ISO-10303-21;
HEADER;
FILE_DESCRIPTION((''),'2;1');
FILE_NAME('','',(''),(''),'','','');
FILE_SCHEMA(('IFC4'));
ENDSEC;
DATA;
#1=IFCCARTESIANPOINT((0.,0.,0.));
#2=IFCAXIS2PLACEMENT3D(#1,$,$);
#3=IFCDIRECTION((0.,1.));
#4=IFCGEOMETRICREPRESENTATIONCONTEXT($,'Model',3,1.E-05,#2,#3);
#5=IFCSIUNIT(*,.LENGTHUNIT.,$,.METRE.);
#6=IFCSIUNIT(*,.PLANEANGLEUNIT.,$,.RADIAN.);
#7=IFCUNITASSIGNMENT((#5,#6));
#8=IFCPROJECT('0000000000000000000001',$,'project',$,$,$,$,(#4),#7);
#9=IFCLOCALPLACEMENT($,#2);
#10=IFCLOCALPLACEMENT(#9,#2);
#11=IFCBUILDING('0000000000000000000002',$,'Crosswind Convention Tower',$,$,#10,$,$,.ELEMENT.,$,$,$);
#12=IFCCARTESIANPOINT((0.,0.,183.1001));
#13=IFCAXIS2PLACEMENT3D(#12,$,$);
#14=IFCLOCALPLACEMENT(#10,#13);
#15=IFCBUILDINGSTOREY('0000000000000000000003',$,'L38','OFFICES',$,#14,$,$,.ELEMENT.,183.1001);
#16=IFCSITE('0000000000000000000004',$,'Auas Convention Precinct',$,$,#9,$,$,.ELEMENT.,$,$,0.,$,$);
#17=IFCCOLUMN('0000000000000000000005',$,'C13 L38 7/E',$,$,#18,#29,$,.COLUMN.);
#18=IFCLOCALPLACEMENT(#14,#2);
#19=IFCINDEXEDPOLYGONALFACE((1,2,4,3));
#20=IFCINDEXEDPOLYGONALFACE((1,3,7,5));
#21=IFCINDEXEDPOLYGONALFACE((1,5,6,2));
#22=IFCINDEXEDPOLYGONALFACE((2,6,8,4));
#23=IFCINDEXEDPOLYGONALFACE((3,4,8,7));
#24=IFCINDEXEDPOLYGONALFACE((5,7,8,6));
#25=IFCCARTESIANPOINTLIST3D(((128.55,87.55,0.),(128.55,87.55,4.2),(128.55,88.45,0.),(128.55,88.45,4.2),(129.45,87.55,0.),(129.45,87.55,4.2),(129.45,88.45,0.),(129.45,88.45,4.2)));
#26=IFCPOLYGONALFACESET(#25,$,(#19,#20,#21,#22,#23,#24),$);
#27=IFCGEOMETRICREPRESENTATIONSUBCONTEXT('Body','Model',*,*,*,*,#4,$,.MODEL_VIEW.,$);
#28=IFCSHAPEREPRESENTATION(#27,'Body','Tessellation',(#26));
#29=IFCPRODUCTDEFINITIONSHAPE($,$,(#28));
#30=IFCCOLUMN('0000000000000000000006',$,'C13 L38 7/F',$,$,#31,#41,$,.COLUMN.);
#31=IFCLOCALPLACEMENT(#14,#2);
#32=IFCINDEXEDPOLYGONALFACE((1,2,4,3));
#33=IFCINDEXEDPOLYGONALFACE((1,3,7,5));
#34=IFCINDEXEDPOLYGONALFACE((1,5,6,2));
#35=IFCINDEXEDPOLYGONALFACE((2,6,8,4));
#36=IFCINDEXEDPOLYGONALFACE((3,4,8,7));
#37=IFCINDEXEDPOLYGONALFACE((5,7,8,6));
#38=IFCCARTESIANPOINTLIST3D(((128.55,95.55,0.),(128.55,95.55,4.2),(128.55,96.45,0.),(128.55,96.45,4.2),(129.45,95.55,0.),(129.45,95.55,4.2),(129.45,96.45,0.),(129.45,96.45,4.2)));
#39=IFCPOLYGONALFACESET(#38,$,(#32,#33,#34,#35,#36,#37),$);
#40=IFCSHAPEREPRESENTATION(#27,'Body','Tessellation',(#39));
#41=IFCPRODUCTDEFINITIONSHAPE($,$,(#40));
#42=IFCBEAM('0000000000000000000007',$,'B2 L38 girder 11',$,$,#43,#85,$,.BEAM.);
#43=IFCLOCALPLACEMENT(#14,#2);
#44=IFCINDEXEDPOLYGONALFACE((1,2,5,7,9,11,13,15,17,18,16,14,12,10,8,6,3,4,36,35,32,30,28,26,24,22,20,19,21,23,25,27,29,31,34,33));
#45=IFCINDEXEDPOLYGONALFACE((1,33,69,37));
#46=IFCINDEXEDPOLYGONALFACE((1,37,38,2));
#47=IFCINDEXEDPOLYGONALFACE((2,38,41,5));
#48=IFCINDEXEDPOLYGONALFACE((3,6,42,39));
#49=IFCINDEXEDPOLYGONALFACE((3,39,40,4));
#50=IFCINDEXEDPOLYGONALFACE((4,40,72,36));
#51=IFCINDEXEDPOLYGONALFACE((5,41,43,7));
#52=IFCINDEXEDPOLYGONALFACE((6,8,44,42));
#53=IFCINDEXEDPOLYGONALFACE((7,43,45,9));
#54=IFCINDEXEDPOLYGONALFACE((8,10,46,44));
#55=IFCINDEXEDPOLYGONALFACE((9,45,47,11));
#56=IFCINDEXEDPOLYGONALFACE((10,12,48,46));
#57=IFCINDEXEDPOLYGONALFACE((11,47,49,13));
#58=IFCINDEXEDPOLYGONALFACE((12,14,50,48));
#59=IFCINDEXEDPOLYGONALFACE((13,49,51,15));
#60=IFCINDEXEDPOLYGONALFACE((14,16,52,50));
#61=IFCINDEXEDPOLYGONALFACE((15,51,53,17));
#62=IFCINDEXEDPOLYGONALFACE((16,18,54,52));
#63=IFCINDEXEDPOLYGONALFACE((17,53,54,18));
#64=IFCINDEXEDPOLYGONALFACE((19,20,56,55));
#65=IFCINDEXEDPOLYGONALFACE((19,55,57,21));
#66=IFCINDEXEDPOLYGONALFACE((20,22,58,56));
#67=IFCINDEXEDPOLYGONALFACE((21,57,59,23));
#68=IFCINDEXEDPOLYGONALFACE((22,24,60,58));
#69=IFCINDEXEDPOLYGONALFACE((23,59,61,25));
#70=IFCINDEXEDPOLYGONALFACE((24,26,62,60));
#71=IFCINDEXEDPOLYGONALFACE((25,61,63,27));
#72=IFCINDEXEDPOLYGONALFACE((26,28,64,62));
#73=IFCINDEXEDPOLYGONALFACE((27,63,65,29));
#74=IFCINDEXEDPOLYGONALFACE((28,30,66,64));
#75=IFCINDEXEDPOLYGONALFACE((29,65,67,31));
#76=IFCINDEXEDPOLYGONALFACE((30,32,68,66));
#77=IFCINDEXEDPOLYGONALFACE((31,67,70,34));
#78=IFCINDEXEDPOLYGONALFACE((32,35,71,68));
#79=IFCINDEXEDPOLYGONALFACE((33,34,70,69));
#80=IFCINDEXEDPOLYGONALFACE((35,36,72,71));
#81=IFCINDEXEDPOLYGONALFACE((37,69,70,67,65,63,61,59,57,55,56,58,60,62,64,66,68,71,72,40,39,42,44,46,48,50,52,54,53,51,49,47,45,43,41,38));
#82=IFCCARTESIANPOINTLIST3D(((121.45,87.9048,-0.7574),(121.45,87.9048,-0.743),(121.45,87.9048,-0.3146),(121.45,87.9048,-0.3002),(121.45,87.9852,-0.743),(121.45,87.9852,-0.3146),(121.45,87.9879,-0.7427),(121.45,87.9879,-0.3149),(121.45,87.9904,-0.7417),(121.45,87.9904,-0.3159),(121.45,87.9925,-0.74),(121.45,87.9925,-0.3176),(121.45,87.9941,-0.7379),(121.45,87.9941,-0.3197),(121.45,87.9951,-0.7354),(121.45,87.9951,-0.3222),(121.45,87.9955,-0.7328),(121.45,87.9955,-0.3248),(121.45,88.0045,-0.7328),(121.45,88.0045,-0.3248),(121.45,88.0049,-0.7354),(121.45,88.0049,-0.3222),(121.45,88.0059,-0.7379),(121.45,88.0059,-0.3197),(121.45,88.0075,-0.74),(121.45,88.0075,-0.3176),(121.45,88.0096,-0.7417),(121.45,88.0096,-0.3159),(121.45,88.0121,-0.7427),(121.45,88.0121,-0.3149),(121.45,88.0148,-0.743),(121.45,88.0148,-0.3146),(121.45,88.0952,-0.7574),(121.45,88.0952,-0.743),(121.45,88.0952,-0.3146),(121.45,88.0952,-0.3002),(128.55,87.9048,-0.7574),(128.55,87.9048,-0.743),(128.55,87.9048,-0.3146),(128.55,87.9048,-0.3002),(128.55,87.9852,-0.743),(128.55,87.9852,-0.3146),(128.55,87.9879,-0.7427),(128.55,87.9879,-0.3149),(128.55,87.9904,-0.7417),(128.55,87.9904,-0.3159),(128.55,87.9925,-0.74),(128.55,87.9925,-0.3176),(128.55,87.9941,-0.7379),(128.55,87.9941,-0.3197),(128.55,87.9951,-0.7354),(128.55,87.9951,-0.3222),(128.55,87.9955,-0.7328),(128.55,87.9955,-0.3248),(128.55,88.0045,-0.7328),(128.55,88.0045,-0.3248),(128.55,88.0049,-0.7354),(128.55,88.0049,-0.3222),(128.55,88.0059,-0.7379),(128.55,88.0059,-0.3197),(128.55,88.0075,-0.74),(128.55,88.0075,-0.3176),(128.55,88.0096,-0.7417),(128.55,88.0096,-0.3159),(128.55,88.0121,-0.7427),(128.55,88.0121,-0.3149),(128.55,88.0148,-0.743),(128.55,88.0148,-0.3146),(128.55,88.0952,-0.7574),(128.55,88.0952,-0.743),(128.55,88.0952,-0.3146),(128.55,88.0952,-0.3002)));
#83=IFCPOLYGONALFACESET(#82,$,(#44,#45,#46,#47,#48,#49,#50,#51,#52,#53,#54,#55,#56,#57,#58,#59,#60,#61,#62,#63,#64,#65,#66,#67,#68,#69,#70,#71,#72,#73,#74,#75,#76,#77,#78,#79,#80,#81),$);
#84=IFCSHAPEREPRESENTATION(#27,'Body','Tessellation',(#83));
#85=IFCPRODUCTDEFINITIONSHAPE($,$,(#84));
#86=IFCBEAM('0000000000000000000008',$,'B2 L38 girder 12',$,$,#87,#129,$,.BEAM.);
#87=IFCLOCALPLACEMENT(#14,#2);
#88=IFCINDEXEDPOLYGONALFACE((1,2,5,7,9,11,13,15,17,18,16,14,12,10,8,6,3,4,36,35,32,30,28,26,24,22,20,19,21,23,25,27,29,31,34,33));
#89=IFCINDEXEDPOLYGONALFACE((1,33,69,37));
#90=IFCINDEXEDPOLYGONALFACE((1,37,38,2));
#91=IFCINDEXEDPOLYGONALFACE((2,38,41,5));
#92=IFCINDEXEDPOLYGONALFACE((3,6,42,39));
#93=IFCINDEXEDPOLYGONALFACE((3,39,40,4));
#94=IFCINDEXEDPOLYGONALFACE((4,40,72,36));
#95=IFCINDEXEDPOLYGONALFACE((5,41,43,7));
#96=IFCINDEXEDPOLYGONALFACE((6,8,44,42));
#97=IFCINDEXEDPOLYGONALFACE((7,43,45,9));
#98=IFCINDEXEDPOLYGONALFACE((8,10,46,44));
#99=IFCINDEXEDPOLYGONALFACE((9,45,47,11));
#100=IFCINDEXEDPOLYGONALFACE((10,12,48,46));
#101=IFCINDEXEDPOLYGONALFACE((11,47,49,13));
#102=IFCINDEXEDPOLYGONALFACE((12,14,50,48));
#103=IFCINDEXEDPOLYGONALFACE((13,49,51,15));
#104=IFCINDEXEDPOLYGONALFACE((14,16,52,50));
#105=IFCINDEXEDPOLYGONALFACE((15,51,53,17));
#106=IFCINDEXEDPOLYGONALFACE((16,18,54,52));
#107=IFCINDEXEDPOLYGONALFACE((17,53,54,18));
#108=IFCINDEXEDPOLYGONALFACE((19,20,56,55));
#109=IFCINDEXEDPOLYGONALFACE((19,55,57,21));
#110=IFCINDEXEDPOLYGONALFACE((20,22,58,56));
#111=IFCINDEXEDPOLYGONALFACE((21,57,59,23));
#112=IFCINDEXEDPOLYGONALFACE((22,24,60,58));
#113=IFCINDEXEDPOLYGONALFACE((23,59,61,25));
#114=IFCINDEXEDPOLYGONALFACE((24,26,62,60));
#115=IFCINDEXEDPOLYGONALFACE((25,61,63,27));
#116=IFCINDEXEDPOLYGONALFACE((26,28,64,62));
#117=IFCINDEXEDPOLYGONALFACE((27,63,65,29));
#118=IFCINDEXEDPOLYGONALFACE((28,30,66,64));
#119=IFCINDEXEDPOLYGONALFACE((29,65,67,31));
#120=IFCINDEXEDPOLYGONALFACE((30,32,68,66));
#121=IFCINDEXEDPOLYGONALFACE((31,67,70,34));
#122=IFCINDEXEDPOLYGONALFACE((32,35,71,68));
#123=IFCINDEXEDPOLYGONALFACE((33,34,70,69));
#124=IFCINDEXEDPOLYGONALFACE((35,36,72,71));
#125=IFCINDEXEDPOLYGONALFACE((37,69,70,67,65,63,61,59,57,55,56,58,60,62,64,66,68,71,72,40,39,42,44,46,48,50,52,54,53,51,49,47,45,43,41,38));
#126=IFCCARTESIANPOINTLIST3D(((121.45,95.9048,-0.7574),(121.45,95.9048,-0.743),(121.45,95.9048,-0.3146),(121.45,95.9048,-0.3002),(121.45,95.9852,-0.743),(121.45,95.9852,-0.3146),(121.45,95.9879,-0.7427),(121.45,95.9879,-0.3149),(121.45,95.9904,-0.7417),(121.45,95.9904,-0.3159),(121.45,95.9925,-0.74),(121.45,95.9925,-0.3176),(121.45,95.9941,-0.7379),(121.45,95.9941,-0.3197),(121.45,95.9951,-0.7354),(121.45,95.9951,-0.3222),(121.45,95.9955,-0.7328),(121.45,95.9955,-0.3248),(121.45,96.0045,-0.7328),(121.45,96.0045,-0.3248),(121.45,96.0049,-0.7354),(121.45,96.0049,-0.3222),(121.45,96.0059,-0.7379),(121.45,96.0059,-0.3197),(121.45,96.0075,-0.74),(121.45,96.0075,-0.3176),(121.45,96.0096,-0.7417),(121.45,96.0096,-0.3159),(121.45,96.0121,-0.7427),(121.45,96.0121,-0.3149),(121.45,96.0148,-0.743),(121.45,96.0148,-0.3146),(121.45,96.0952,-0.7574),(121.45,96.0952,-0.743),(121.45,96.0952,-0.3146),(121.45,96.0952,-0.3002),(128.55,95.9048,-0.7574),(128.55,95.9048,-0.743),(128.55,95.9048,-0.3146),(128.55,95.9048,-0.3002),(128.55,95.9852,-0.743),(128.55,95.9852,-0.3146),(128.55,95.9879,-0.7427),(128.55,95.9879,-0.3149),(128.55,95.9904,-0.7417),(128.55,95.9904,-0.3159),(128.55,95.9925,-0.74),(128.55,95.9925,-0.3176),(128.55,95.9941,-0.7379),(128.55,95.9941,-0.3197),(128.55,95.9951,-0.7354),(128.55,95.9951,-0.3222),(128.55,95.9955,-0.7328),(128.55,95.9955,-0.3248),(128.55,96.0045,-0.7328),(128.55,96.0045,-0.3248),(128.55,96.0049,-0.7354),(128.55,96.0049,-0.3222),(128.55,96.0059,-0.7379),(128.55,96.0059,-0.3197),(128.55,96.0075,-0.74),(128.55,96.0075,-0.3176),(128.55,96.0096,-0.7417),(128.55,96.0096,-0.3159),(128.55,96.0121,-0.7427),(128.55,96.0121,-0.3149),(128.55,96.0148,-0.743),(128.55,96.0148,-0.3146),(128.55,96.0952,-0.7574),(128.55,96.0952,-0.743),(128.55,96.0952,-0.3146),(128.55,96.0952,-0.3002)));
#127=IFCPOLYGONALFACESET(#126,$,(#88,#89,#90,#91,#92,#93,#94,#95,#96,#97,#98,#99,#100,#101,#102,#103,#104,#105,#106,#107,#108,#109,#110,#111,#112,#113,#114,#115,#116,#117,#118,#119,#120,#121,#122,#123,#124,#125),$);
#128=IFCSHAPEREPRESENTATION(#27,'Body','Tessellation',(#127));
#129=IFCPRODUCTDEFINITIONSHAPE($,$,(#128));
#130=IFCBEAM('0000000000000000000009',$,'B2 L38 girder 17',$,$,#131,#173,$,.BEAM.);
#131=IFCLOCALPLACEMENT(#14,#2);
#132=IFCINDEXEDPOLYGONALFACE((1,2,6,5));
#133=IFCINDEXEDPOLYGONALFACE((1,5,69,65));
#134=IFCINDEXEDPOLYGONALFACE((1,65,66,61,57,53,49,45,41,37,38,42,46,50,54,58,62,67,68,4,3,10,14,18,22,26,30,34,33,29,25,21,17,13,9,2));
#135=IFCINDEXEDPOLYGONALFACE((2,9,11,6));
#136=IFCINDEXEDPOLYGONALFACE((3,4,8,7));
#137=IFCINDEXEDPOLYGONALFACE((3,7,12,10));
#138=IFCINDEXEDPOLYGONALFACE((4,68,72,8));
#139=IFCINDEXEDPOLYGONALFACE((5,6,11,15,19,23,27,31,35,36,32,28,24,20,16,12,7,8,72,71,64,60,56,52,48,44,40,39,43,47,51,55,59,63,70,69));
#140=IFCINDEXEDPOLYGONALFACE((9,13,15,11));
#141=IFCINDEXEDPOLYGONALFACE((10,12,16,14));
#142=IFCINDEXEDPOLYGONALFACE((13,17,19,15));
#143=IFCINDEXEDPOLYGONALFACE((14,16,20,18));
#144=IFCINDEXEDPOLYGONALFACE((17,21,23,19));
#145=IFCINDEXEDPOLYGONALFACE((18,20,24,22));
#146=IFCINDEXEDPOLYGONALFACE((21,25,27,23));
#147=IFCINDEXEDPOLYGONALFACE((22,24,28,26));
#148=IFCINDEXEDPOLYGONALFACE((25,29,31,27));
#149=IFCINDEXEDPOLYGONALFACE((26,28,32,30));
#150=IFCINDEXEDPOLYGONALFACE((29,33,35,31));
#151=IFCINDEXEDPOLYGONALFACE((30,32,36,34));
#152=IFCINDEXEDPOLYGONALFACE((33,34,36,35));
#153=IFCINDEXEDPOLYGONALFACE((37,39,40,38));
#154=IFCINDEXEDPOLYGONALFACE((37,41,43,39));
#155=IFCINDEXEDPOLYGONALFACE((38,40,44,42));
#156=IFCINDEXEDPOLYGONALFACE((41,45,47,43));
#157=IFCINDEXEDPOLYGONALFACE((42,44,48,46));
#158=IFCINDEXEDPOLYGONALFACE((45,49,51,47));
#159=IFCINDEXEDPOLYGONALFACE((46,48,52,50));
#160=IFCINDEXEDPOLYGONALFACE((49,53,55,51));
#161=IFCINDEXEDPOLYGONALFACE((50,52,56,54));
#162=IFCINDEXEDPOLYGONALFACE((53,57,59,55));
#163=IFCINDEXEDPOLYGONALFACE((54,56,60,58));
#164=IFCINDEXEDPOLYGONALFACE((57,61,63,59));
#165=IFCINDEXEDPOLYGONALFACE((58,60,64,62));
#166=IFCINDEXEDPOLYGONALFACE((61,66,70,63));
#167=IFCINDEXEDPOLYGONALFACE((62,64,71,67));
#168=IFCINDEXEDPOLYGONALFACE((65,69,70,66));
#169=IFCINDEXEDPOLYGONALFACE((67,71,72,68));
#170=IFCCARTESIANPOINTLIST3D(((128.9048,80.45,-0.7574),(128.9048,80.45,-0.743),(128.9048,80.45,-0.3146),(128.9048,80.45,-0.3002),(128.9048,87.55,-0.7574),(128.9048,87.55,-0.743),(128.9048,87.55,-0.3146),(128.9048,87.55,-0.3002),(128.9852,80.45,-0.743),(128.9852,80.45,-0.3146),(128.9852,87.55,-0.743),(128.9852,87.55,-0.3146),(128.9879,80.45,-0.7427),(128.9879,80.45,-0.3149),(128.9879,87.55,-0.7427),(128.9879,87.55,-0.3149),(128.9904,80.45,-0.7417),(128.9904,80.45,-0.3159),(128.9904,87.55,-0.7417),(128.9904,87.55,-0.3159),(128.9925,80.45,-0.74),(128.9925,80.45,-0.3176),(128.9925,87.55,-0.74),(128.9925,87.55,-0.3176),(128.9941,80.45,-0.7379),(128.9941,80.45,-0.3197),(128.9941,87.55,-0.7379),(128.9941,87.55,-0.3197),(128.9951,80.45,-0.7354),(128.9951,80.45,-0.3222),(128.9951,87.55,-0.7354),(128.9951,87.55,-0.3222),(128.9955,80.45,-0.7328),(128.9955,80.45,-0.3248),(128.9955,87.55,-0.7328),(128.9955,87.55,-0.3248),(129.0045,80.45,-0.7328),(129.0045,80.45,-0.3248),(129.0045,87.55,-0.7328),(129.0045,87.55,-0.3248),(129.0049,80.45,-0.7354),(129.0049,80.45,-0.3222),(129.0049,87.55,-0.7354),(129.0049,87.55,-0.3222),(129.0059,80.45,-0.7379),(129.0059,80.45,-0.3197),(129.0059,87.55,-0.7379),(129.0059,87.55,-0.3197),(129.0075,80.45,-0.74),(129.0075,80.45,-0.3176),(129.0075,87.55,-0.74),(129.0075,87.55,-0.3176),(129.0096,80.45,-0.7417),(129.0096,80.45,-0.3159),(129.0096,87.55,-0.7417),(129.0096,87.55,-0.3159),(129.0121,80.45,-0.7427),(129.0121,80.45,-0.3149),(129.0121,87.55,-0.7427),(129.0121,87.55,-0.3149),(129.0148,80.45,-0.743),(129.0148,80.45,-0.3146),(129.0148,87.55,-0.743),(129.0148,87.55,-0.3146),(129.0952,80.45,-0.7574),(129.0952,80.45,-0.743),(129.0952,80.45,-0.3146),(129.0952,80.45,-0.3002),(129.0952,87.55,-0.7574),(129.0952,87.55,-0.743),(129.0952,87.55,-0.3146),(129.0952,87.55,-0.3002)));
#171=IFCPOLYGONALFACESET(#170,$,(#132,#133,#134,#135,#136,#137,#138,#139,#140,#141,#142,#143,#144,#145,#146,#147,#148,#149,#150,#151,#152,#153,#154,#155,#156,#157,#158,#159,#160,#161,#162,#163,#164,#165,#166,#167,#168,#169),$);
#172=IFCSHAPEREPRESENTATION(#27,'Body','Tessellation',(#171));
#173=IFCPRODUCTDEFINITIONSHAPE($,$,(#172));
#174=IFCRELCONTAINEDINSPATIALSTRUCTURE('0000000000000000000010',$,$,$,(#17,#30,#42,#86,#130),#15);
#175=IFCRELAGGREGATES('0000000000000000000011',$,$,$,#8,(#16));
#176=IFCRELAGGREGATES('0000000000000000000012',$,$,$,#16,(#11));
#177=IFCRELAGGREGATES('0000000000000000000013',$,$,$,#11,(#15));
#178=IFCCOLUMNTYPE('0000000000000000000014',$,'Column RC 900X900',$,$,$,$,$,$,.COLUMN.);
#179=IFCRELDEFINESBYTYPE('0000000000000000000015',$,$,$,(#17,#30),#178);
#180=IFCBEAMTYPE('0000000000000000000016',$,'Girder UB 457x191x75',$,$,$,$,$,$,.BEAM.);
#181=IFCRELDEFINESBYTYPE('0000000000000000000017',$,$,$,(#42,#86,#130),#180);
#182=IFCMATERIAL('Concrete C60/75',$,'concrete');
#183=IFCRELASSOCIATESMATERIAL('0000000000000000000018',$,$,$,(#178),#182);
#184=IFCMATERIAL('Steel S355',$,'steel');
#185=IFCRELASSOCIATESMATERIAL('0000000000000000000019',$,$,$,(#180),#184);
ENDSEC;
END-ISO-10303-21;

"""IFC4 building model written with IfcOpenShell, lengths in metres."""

from ifc_helpers import new_model, si_unit, direction, frame, origin, origin_2d, place, context, subcontext, project, spatial, rectangle, i_section, extrude, material, material_profile, profile_set, type_object, element, save


model = new_model("IFC4")

# Units and contexts
model_context = context("Model", 3, precision=1e-05, world=origin(), true_north=direction((0.0, 1.0)))
body_context = subcontext(model_context, "Body", "Model", "MODEL_VIEW")
ifc_project = project(units=[si_unit("LENGTHUNIT", "METRE"), si_unit("PLANEANGLEUNIT", "RADIAN")], contexts=[model_context])

# Site, building, storey
site_placement = place(None, origin())
site = spatial("IfcSite", under=ifc_project, at=site_placement, Name="Auas Convention Precinct", CompositionType="ELEMENT", RefElevation=0.0)
building_placement = place(site_placement, origin())
building = spatial("IfcBuilding", under=site, at=building_placement, Name="Crosswind Convention Tower", CompositionType="ELEMENT")
storey_placement = place(building_placement, frame((0.0, 0.0, 183.1001)))
storey = spatial("IfcBuildingStorey", under=building, at=storey_placement, Name="L38", Description="OFFICES", CompositionType="ELEMENT", Elevation=183.1001)

# Columns
ifc_material_1 = material(Name="Concrete C60/75", Category="concrete")
ifc_material_profile_1 = material_profile(ifc_material_1, rectangle(XDim=0.8999, YDim=0.8999, at=origin_2d()), Name="RC 900X900")
ifc_profile_set_1 = profile_set([ifc_material_profile_1], Name="Concrete C60/75")
column_type = type_object("IfcColumnType", Name="Column RC 900X900", PredefinedType="COLUMN", material=ifc_profile_set_1)
for number, where, z_axis, x_axis, name in (
    (1, (129.0, 88.0, 0.0), (0.0, 0.0, 1.0), (1.0, 0.0, 0.0), "C13 L38 7/E"),
    (2, (129.0, 96.0, 0.0), (0.0, 0.0, 1.0), (1.0, 0.0, 0.0), "C13 L38 7/F"),
):
    element("IfcColumn", number, at=place(storey_placement, frame(where, z_axis=z_axis, x_axis=x_axis)), inside=storey, type_object=column_type, Name=name, PredefinedType="COLUMN", context=body_context, shape_type="SweptSolid", body=[
        extrude(rectangle(XDim=0.8999, YDim=0.8999, at=origin_2d()), origin(), (0.0, 0.0, 1.0), 4.2),
    ])

# Beams
ifc_material_2 = material(Name="Steel S355", Category="steel")
ifc_material_profile_2 = material_profile(ifc_material_2, i_section(OverallWidth=0.1904, OverallDepth=0.4573, WebThickness=0.009, FlangeThickness=0.0144, FilletRadius=0.0103, at=origin_2d()), Name="UB 457x191x75")
ifc_profile_set_2 = profile_set([ifc_material_profile_2], Name="Steel S355")
beam_type_1 = type_object("IfcBeamType", Name="Girder UB 457x191x75", PredefinedType="BEAM", material=ifc_profile_set_2)
for number, where, z_axis, x_axis, name in (
    (3, (121.45, 88.0, -0.5288), (1.0, 0.0, 0.0), (0.0, 1.0, 0.0), "B2 L38 girder 11"),
    (4, (121.45, 96.0, -0.5288), (1.0, 0.0, 0.0), (0.0, 1.0, 0.0), "B2 L38 girder 12"),
    (5, (129.0, 80.45, -0.5288), (0.0, 1.0, 0.0), (-1.0, 0.0, 0.0), "B2 L38 girder 17"),
):
    element("IfcBeam", number, at=place(storey_placement, frame(where, z_axis=z_axis, x_axis=x_axis)), inside=storey, type_object=beam_type_1, Name=name, PredefinedType="BEAM", context=body_context, shape_type="SweptSolid", body=[
        extrude(i_section(OverallWidth=0.1904, OverallDepth=0.4573, WebThickness=0.009, FlangeThickness=0.0144, FilletRadius=0.0103, at=origin_2d()), origin(), (0.0, 0.0, 1.0), 7.1001),
    ])

save(model, "model.ifc")
